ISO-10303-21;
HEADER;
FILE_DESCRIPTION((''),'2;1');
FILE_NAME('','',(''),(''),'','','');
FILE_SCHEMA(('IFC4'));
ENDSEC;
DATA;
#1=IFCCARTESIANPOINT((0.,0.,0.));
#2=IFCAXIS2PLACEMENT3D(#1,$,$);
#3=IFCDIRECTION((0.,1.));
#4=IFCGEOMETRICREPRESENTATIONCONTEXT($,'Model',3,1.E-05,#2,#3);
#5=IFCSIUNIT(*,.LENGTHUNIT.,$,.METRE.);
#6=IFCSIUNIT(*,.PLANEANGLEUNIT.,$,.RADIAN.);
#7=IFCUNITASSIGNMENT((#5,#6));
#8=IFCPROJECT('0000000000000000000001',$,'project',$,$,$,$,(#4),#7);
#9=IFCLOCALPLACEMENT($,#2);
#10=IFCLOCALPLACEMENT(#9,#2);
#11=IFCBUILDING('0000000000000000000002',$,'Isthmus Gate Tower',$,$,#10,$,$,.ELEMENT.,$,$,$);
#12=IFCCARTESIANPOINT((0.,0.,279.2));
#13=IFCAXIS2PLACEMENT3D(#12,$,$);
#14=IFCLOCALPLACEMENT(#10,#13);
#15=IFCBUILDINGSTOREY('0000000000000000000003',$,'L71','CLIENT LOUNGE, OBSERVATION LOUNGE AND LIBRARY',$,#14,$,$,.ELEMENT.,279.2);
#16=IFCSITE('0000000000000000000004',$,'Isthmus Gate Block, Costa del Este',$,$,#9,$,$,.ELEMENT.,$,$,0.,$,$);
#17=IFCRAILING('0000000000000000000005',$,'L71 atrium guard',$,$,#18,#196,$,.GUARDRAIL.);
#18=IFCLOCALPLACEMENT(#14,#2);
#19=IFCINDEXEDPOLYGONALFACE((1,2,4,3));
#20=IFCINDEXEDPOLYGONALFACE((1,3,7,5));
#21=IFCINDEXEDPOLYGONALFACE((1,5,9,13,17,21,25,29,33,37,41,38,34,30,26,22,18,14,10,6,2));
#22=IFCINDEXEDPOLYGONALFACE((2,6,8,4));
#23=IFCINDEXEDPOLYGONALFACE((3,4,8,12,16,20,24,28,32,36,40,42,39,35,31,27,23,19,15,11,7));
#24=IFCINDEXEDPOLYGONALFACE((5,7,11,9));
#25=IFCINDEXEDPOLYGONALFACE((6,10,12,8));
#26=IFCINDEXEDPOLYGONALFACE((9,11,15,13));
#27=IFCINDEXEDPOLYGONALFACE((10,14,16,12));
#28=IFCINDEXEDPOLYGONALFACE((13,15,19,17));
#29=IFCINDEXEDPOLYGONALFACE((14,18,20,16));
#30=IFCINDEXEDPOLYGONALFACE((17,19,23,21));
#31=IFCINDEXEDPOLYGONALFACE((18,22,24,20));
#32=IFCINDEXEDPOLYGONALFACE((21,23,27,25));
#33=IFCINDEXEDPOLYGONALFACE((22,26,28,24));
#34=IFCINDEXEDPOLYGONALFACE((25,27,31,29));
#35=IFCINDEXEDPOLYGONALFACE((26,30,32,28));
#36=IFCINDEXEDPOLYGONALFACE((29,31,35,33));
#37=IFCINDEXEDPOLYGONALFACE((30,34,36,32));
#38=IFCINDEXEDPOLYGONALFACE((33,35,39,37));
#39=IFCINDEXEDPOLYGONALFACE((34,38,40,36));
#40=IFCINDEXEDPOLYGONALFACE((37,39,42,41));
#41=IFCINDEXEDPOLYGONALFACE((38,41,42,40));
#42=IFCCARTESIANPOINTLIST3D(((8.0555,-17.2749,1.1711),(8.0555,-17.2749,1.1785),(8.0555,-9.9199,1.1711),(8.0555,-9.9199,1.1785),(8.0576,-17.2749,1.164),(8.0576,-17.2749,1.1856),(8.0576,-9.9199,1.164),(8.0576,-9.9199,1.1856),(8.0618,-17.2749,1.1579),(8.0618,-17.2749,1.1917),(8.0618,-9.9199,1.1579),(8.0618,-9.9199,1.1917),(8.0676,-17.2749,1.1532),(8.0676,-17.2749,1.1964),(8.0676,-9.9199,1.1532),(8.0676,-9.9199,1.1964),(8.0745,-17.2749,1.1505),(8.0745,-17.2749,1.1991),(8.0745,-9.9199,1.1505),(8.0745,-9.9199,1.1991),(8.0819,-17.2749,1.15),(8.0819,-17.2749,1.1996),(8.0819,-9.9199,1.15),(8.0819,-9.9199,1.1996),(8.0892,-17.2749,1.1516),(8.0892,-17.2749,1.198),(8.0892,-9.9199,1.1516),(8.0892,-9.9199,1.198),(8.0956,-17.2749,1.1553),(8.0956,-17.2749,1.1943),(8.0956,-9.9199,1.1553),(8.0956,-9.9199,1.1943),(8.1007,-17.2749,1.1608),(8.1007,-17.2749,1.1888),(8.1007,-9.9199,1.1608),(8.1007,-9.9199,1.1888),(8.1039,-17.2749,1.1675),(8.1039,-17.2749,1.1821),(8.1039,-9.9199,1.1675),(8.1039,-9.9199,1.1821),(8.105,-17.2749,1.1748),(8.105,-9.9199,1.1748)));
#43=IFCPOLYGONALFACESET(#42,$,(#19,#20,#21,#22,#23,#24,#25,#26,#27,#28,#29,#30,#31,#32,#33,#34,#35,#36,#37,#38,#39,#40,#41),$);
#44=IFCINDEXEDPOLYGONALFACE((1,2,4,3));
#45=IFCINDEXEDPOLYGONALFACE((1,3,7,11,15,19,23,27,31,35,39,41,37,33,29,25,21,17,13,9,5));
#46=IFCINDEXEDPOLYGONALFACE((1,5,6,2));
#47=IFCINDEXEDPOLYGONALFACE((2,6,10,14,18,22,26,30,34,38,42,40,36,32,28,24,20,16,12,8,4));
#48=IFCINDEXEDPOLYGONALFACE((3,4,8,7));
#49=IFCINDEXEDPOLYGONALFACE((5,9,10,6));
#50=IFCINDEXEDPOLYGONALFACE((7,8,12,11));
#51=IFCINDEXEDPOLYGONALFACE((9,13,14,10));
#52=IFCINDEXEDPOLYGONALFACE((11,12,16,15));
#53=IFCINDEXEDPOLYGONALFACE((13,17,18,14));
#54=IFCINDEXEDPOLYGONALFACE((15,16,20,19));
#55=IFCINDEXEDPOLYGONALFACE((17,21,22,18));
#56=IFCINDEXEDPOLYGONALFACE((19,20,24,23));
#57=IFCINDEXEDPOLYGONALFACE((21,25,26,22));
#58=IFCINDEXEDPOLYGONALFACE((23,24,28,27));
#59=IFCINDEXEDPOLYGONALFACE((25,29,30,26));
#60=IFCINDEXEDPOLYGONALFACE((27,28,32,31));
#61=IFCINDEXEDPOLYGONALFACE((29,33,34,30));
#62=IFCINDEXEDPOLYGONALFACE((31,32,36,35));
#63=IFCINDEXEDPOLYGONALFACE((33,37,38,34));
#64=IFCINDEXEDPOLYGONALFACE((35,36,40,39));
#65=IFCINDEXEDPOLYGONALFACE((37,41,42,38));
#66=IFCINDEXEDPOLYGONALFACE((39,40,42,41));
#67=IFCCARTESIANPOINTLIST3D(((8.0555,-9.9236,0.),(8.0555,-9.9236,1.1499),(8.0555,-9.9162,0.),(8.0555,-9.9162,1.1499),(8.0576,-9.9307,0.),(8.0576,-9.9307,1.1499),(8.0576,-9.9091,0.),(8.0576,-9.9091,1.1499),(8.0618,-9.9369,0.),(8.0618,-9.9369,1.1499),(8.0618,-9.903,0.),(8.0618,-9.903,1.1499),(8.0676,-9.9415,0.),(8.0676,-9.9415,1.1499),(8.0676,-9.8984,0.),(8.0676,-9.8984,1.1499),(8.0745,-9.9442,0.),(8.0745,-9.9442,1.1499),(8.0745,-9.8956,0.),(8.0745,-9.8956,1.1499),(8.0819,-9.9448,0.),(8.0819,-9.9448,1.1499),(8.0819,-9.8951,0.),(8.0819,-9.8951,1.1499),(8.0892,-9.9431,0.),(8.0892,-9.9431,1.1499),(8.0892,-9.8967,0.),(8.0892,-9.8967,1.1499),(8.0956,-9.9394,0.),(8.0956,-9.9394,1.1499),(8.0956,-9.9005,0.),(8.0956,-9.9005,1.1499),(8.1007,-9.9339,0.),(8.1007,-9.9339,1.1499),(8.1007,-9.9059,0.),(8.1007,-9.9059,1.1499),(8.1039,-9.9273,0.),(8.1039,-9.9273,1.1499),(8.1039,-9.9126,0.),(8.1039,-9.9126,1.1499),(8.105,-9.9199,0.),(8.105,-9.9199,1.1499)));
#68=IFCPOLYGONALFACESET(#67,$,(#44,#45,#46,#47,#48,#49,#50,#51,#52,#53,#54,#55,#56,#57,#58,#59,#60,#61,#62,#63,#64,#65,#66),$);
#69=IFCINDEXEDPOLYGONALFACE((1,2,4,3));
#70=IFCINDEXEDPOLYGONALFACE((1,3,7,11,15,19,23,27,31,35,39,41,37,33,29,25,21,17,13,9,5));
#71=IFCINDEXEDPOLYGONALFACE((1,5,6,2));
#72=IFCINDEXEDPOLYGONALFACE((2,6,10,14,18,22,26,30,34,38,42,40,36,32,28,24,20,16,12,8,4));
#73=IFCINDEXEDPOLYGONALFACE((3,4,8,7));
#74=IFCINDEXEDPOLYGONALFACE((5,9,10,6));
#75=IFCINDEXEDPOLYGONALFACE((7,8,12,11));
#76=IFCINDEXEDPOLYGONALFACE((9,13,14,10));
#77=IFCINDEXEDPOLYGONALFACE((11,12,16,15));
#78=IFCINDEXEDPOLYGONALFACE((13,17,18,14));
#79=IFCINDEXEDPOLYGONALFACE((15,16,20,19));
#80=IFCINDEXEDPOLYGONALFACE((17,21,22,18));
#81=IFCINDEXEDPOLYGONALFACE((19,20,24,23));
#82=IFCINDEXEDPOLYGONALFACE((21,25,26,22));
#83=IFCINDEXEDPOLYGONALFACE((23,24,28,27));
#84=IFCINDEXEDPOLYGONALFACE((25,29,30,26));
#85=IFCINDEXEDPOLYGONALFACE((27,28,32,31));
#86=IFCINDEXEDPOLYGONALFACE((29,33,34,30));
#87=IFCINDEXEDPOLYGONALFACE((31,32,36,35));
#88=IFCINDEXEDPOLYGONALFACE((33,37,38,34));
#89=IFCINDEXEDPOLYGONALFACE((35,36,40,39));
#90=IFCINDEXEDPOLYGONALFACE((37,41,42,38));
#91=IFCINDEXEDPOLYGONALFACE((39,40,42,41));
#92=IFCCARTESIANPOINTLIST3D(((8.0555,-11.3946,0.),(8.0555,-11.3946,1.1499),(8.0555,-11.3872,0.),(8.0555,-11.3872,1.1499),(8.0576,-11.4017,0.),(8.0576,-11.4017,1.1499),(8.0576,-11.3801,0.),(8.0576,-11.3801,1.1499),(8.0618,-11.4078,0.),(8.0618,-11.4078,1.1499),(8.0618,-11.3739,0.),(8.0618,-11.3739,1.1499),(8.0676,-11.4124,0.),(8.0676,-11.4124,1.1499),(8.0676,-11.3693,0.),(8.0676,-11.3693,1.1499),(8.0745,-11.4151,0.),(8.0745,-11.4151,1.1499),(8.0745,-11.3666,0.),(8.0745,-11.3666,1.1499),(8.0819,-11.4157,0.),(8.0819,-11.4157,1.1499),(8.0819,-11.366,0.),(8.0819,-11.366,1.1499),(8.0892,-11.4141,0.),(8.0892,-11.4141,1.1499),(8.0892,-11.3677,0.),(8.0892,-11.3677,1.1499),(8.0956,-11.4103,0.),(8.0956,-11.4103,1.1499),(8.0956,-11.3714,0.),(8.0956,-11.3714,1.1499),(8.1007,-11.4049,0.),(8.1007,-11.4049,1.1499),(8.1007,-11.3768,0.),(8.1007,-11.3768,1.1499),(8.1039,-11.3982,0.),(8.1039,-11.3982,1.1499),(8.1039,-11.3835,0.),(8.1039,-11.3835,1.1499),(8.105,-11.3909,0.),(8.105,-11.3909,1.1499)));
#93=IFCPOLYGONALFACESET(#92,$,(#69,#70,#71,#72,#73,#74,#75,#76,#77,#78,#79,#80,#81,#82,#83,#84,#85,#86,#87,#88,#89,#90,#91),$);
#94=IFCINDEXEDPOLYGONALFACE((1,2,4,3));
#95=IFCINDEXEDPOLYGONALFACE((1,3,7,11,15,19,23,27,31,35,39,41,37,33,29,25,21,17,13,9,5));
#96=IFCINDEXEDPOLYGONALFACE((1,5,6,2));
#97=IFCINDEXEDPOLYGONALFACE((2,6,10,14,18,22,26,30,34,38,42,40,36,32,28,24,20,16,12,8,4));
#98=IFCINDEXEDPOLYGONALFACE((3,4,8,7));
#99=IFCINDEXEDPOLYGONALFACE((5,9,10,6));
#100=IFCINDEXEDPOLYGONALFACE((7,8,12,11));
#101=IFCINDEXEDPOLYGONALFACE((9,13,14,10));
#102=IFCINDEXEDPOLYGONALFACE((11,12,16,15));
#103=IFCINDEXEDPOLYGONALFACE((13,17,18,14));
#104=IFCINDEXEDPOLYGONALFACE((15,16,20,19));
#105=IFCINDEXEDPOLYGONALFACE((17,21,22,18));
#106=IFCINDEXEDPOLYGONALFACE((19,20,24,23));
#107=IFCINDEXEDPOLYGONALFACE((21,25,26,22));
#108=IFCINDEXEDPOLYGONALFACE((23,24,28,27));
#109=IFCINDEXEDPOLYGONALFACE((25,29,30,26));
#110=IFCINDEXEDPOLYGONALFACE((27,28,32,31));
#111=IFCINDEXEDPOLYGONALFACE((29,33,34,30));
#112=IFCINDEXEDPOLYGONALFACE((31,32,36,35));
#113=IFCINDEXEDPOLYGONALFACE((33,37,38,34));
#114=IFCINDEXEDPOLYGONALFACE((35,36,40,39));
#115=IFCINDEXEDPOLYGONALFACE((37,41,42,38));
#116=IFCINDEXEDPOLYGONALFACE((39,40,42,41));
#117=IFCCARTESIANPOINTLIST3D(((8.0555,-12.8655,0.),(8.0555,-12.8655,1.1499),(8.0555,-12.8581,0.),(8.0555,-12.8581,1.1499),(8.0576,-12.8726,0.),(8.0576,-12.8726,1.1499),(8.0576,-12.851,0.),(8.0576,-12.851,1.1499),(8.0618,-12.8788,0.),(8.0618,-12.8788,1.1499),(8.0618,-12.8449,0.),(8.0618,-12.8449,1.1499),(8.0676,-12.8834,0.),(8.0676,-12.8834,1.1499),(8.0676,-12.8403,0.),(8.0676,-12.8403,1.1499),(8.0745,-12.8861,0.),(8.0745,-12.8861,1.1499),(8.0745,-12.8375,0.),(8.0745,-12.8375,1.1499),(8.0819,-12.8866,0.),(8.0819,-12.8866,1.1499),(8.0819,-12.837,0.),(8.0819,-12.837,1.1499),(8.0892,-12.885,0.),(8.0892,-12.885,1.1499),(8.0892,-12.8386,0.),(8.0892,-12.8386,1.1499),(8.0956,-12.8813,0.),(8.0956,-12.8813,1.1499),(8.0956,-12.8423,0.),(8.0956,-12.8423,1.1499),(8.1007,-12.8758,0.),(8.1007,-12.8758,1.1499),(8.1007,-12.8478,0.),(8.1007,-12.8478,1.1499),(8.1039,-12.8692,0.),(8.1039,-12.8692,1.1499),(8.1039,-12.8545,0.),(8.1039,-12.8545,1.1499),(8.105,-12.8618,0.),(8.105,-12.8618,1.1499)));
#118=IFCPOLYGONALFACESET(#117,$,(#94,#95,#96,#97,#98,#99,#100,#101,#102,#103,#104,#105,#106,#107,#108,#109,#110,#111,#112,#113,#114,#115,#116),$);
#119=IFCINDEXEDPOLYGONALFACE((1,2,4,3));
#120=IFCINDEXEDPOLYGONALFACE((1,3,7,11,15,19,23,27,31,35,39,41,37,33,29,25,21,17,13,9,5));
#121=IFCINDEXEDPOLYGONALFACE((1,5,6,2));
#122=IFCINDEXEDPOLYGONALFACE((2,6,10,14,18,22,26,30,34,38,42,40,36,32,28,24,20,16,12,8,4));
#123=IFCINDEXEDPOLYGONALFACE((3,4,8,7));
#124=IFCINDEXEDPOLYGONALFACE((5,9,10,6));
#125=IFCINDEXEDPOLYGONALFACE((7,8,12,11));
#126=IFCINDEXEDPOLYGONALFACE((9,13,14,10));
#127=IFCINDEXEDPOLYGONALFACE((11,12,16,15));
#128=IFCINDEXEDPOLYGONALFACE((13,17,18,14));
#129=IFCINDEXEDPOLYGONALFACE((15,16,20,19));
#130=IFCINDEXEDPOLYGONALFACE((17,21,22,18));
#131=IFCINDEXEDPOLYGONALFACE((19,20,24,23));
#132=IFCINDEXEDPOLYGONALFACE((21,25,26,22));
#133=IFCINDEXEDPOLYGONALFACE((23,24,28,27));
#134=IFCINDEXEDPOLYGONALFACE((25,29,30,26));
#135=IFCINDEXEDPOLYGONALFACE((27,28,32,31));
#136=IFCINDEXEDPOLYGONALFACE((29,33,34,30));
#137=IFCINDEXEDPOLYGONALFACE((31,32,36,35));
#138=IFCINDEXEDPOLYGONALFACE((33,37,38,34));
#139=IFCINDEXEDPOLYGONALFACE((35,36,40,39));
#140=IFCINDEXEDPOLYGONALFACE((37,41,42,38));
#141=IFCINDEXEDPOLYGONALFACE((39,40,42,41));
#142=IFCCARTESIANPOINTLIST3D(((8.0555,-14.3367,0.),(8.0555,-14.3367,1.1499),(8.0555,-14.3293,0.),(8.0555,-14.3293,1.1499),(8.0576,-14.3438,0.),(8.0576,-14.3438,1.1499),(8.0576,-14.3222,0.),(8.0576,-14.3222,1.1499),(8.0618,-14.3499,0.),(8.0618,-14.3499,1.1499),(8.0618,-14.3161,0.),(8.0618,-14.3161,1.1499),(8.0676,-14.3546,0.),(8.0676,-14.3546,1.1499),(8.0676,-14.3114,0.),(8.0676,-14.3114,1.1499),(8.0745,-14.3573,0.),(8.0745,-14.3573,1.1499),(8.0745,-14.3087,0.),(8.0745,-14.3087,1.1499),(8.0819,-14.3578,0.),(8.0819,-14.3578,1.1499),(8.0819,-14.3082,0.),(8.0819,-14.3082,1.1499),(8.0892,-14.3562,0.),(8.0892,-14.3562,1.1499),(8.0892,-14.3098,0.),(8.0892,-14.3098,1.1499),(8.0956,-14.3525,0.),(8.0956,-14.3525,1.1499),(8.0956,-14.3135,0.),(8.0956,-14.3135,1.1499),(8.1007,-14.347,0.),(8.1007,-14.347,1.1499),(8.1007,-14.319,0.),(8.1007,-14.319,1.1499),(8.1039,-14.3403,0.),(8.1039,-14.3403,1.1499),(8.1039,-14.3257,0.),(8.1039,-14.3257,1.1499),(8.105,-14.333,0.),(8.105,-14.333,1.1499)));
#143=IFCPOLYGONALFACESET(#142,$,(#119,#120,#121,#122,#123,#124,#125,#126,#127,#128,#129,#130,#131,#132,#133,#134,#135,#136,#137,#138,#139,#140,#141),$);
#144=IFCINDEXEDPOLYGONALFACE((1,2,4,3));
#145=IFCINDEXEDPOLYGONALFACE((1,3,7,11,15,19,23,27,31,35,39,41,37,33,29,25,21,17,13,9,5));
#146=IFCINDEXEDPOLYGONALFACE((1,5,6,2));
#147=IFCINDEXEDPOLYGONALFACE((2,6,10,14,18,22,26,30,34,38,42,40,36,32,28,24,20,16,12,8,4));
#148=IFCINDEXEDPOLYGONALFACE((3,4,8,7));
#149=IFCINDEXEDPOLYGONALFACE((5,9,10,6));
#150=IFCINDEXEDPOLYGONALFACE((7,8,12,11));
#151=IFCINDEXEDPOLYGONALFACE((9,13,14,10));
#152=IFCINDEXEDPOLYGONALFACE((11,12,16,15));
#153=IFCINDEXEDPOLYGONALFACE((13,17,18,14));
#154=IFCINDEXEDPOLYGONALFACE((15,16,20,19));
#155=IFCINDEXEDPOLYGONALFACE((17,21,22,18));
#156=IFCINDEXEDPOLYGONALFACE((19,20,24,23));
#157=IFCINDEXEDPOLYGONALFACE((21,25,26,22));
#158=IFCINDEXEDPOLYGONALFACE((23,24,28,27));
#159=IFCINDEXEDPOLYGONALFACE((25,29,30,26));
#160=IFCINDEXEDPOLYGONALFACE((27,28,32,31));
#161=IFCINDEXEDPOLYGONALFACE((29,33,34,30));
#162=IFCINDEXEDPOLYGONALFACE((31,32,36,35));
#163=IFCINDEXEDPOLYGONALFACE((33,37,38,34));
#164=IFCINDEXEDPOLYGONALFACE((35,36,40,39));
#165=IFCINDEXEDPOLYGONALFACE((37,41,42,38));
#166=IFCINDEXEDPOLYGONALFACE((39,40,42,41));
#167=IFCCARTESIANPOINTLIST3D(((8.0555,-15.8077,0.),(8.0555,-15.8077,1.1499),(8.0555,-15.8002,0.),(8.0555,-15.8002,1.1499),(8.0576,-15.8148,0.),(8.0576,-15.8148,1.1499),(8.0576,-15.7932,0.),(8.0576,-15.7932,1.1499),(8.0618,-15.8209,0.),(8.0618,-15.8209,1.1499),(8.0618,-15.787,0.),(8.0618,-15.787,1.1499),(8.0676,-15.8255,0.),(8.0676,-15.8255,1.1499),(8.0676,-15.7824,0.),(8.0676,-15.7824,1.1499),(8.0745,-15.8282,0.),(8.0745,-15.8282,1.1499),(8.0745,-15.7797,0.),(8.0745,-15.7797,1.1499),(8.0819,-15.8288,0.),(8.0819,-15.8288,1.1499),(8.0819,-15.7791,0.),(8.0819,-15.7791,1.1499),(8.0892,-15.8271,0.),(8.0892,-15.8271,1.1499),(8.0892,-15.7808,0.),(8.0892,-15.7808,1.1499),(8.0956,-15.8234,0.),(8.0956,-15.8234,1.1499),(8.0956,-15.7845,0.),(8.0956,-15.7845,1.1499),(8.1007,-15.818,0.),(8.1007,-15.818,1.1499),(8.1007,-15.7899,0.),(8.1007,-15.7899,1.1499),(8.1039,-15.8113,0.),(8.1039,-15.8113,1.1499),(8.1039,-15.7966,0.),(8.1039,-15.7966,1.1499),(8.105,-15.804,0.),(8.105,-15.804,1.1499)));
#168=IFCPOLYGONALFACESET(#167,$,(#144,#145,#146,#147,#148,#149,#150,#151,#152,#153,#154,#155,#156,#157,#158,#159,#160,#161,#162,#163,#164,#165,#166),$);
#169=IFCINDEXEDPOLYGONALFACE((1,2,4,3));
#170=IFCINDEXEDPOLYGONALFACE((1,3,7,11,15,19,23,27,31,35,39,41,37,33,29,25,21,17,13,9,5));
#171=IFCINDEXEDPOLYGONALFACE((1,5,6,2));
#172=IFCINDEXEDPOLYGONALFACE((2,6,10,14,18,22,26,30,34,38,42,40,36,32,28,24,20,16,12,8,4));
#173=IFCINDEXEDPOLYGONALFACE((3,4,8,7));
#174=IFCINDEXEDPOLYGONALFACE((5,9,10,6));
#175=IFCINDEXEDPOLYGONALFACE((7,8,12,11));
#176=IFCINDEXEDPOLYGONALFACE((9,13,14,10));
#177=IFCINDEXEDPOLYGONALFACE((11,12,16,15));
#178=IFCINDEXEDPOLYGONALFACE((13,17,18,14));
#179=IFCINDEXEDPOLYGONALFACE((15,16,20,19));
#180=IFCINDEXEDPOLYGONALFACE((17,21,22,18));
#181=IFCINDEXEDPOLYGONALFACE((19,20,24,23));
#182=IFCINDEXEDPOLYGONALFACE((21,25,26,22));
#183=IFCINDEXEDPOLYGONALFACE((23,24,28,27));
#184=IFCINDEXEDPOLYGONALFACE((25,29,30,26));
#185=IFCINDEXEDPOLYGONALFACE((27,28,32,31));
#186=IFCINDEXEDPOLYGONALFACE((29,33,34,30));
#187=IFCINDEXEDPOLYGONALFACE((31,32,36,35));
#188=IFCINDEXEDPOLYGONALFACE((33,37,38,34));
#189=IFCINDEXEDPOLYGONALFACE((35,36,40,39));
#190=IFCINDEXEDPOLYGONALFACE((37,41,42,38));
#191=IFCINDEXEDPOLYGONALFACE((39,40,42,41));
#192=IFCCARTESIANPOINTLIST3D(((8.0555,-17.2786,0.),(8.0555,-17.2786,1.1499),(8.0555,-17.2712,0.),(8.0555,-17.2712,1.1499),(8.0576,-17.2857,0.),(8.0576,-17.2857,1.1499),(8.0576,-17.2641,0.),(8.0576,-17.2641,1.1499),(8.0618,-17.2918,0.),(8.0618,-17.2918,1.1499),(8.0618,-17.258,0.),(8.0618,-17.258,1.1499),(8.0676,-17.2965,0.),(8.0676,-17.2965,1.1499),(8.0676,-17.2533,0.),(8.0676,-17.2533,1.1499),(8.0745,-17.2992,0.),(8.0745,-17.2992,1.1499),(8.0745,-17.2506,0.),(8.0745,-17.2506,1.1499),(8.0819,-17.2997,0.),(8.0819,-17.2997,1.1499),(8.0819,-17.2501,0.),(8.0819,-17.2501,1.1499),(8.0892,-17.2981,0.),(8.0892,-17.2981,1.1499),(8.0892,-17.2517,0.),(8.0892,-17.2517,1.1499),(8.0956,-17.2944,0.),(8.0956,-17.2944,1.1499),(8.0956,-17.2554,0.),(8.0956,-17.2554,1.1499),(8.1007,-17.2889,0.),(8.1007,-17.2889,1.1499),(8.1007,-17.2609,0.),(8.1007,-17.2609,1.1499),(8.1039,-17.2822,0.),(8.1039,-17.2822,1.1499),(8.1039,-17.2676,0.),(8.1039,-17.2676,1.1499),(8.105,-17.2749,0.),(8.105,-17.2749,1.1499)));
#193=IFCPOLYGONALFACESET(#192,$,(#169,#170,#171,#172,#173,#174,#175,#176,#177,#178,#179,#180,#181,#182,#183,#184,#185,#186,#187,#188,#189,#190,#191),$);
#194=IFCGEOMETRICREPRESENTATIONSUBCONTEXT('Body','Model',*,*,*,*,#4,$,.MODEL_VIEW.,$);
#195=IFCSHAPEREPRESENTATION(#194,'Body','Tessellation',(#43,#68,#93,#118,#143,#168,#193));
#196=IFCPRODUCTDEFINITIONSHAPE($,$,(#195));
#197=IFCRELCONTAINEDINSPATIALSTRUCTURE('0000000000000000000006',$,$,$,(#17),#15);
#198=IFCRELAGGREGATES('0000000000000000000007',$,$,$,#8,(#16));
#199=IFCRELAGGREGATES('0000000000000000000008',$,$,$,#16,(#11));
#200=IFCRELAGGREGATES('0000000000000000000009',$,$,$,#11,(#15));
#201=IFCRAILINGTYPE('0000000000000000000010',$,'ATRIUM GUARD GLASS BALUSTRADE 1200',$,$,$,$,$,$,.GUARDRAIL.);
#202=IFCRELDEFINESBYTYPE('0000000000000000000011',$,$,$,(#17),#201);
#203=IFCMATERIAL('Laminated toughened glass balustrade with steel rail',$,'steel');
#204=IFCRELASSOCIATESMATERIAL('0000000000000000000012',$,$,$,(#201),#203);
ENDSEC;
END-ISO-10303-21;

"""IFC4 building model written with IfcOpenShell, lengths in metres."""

from ifc_helpers import new_model, si_unit, direction, frame, origin, origin_2d, place, context, subcontext, project, spatial, circle, extrude, material, type_object, element, save


model = new_model("IFC4")

# Units and contexts
model_context = context("Model", 3, precision=1e-05, world=origin(), true_north=direction((0.0, 1.0)))
body_context = subcontext(model_context, "Body", "Model", "MODEL_VIEW")
ifc_project = project(units=[si_unit("LENGTHUNIT", "METRE"), si_unit("PLANEANGLEUNIT", "RADIAN")], contexts=[model_context])

# Site, building, storey
site_placement = place(None, origin())
site = spatial("IfcSite", under=ifc_project, at=site_placement, Name="Isthmus Gate Block, Costa del Este", CompositionType="ELEMENT", RefElevation=0.0)
building_placement = place(site_placement, origin())
building = spatial("IfcBuilding", under=site, at=building_placement, Name="Isthmus Gate Tower", CompositionType="ELEMENT")
storey_placement = place(building_placement, frame((0.0, 0.0, 279.2)))
storey = spatial("IfcBuildingStorey", under=building, at=storey_placement, Name="L71", Description="CLIENT LOUNGE, OBSERVATION LOUNGE AND LIBRARY", CompositionType="ELEMENT", Elevation=279.2)

# Railing
ifc_material_1 = material(Name="Laminated toughened glass balustrade with steel rail", Category="steel")
railing_type = type_object("IfcRailingType", Name="ATRIUM GUARD GLASS BALUSTRADE 1200", PredefinedType="GUARDRAIL", material=ifc_material_1)
railing_placement = place(storey_placement, frame((8.0801, -9.9199, 0.0)))
element("IfcRailing", 1, at=railing_placement, inside=storey, type_object=railing_type, Name="L71 atrium guard", PredefinedType="GUARDRAIL", context=body_context, shape_type="SweptSolid", body=[
    extrude(circle(Radius=0.0249, at=origin_2d()), frame((0.0, 0.0, 1.1748), z_axis=(0.0, -1.0, 0.0), x_axis=(1.0, 0.0, 0.0)), (0.0, 0.0, 1.0), 7.355),
    extrude(circle(Radius=0.0249, at=origin_2d()), origin(), (0.0, 0.0, 1.0), 1.1499),
    extrude(circle(Radius=0.0249, at=origin_2d()), frame((0.0, -1.4709, 0.0)), (0.0, 0.0, 1.0), 1.1499),
    extrude(circle(Radius=0.0249, at=origin_2d()), frame((0.0, -2.9419, 0.0)), (0.0, 0.0, 1.0), 1.1499),
    extrude(circle(Radius=0.0249, at=origin_2d()), frame((0.0, -4.4131, 0.0)), (0.0, 0.0, 1.0), 1.1499),
    extrude(circle(Radius=0.0249, at=origin_2d()), frame((0.0, -5.884, 0.0)), (0.0, 0.0, 1.0), 1.1499),
    extrude(circle(Radius=0.0249, at=origin_2d()), frame((0.0, -7.355, 0.0)), (0.0, 0.0, 1.0), 1.1499),
])

save(model, "model.ifc")
